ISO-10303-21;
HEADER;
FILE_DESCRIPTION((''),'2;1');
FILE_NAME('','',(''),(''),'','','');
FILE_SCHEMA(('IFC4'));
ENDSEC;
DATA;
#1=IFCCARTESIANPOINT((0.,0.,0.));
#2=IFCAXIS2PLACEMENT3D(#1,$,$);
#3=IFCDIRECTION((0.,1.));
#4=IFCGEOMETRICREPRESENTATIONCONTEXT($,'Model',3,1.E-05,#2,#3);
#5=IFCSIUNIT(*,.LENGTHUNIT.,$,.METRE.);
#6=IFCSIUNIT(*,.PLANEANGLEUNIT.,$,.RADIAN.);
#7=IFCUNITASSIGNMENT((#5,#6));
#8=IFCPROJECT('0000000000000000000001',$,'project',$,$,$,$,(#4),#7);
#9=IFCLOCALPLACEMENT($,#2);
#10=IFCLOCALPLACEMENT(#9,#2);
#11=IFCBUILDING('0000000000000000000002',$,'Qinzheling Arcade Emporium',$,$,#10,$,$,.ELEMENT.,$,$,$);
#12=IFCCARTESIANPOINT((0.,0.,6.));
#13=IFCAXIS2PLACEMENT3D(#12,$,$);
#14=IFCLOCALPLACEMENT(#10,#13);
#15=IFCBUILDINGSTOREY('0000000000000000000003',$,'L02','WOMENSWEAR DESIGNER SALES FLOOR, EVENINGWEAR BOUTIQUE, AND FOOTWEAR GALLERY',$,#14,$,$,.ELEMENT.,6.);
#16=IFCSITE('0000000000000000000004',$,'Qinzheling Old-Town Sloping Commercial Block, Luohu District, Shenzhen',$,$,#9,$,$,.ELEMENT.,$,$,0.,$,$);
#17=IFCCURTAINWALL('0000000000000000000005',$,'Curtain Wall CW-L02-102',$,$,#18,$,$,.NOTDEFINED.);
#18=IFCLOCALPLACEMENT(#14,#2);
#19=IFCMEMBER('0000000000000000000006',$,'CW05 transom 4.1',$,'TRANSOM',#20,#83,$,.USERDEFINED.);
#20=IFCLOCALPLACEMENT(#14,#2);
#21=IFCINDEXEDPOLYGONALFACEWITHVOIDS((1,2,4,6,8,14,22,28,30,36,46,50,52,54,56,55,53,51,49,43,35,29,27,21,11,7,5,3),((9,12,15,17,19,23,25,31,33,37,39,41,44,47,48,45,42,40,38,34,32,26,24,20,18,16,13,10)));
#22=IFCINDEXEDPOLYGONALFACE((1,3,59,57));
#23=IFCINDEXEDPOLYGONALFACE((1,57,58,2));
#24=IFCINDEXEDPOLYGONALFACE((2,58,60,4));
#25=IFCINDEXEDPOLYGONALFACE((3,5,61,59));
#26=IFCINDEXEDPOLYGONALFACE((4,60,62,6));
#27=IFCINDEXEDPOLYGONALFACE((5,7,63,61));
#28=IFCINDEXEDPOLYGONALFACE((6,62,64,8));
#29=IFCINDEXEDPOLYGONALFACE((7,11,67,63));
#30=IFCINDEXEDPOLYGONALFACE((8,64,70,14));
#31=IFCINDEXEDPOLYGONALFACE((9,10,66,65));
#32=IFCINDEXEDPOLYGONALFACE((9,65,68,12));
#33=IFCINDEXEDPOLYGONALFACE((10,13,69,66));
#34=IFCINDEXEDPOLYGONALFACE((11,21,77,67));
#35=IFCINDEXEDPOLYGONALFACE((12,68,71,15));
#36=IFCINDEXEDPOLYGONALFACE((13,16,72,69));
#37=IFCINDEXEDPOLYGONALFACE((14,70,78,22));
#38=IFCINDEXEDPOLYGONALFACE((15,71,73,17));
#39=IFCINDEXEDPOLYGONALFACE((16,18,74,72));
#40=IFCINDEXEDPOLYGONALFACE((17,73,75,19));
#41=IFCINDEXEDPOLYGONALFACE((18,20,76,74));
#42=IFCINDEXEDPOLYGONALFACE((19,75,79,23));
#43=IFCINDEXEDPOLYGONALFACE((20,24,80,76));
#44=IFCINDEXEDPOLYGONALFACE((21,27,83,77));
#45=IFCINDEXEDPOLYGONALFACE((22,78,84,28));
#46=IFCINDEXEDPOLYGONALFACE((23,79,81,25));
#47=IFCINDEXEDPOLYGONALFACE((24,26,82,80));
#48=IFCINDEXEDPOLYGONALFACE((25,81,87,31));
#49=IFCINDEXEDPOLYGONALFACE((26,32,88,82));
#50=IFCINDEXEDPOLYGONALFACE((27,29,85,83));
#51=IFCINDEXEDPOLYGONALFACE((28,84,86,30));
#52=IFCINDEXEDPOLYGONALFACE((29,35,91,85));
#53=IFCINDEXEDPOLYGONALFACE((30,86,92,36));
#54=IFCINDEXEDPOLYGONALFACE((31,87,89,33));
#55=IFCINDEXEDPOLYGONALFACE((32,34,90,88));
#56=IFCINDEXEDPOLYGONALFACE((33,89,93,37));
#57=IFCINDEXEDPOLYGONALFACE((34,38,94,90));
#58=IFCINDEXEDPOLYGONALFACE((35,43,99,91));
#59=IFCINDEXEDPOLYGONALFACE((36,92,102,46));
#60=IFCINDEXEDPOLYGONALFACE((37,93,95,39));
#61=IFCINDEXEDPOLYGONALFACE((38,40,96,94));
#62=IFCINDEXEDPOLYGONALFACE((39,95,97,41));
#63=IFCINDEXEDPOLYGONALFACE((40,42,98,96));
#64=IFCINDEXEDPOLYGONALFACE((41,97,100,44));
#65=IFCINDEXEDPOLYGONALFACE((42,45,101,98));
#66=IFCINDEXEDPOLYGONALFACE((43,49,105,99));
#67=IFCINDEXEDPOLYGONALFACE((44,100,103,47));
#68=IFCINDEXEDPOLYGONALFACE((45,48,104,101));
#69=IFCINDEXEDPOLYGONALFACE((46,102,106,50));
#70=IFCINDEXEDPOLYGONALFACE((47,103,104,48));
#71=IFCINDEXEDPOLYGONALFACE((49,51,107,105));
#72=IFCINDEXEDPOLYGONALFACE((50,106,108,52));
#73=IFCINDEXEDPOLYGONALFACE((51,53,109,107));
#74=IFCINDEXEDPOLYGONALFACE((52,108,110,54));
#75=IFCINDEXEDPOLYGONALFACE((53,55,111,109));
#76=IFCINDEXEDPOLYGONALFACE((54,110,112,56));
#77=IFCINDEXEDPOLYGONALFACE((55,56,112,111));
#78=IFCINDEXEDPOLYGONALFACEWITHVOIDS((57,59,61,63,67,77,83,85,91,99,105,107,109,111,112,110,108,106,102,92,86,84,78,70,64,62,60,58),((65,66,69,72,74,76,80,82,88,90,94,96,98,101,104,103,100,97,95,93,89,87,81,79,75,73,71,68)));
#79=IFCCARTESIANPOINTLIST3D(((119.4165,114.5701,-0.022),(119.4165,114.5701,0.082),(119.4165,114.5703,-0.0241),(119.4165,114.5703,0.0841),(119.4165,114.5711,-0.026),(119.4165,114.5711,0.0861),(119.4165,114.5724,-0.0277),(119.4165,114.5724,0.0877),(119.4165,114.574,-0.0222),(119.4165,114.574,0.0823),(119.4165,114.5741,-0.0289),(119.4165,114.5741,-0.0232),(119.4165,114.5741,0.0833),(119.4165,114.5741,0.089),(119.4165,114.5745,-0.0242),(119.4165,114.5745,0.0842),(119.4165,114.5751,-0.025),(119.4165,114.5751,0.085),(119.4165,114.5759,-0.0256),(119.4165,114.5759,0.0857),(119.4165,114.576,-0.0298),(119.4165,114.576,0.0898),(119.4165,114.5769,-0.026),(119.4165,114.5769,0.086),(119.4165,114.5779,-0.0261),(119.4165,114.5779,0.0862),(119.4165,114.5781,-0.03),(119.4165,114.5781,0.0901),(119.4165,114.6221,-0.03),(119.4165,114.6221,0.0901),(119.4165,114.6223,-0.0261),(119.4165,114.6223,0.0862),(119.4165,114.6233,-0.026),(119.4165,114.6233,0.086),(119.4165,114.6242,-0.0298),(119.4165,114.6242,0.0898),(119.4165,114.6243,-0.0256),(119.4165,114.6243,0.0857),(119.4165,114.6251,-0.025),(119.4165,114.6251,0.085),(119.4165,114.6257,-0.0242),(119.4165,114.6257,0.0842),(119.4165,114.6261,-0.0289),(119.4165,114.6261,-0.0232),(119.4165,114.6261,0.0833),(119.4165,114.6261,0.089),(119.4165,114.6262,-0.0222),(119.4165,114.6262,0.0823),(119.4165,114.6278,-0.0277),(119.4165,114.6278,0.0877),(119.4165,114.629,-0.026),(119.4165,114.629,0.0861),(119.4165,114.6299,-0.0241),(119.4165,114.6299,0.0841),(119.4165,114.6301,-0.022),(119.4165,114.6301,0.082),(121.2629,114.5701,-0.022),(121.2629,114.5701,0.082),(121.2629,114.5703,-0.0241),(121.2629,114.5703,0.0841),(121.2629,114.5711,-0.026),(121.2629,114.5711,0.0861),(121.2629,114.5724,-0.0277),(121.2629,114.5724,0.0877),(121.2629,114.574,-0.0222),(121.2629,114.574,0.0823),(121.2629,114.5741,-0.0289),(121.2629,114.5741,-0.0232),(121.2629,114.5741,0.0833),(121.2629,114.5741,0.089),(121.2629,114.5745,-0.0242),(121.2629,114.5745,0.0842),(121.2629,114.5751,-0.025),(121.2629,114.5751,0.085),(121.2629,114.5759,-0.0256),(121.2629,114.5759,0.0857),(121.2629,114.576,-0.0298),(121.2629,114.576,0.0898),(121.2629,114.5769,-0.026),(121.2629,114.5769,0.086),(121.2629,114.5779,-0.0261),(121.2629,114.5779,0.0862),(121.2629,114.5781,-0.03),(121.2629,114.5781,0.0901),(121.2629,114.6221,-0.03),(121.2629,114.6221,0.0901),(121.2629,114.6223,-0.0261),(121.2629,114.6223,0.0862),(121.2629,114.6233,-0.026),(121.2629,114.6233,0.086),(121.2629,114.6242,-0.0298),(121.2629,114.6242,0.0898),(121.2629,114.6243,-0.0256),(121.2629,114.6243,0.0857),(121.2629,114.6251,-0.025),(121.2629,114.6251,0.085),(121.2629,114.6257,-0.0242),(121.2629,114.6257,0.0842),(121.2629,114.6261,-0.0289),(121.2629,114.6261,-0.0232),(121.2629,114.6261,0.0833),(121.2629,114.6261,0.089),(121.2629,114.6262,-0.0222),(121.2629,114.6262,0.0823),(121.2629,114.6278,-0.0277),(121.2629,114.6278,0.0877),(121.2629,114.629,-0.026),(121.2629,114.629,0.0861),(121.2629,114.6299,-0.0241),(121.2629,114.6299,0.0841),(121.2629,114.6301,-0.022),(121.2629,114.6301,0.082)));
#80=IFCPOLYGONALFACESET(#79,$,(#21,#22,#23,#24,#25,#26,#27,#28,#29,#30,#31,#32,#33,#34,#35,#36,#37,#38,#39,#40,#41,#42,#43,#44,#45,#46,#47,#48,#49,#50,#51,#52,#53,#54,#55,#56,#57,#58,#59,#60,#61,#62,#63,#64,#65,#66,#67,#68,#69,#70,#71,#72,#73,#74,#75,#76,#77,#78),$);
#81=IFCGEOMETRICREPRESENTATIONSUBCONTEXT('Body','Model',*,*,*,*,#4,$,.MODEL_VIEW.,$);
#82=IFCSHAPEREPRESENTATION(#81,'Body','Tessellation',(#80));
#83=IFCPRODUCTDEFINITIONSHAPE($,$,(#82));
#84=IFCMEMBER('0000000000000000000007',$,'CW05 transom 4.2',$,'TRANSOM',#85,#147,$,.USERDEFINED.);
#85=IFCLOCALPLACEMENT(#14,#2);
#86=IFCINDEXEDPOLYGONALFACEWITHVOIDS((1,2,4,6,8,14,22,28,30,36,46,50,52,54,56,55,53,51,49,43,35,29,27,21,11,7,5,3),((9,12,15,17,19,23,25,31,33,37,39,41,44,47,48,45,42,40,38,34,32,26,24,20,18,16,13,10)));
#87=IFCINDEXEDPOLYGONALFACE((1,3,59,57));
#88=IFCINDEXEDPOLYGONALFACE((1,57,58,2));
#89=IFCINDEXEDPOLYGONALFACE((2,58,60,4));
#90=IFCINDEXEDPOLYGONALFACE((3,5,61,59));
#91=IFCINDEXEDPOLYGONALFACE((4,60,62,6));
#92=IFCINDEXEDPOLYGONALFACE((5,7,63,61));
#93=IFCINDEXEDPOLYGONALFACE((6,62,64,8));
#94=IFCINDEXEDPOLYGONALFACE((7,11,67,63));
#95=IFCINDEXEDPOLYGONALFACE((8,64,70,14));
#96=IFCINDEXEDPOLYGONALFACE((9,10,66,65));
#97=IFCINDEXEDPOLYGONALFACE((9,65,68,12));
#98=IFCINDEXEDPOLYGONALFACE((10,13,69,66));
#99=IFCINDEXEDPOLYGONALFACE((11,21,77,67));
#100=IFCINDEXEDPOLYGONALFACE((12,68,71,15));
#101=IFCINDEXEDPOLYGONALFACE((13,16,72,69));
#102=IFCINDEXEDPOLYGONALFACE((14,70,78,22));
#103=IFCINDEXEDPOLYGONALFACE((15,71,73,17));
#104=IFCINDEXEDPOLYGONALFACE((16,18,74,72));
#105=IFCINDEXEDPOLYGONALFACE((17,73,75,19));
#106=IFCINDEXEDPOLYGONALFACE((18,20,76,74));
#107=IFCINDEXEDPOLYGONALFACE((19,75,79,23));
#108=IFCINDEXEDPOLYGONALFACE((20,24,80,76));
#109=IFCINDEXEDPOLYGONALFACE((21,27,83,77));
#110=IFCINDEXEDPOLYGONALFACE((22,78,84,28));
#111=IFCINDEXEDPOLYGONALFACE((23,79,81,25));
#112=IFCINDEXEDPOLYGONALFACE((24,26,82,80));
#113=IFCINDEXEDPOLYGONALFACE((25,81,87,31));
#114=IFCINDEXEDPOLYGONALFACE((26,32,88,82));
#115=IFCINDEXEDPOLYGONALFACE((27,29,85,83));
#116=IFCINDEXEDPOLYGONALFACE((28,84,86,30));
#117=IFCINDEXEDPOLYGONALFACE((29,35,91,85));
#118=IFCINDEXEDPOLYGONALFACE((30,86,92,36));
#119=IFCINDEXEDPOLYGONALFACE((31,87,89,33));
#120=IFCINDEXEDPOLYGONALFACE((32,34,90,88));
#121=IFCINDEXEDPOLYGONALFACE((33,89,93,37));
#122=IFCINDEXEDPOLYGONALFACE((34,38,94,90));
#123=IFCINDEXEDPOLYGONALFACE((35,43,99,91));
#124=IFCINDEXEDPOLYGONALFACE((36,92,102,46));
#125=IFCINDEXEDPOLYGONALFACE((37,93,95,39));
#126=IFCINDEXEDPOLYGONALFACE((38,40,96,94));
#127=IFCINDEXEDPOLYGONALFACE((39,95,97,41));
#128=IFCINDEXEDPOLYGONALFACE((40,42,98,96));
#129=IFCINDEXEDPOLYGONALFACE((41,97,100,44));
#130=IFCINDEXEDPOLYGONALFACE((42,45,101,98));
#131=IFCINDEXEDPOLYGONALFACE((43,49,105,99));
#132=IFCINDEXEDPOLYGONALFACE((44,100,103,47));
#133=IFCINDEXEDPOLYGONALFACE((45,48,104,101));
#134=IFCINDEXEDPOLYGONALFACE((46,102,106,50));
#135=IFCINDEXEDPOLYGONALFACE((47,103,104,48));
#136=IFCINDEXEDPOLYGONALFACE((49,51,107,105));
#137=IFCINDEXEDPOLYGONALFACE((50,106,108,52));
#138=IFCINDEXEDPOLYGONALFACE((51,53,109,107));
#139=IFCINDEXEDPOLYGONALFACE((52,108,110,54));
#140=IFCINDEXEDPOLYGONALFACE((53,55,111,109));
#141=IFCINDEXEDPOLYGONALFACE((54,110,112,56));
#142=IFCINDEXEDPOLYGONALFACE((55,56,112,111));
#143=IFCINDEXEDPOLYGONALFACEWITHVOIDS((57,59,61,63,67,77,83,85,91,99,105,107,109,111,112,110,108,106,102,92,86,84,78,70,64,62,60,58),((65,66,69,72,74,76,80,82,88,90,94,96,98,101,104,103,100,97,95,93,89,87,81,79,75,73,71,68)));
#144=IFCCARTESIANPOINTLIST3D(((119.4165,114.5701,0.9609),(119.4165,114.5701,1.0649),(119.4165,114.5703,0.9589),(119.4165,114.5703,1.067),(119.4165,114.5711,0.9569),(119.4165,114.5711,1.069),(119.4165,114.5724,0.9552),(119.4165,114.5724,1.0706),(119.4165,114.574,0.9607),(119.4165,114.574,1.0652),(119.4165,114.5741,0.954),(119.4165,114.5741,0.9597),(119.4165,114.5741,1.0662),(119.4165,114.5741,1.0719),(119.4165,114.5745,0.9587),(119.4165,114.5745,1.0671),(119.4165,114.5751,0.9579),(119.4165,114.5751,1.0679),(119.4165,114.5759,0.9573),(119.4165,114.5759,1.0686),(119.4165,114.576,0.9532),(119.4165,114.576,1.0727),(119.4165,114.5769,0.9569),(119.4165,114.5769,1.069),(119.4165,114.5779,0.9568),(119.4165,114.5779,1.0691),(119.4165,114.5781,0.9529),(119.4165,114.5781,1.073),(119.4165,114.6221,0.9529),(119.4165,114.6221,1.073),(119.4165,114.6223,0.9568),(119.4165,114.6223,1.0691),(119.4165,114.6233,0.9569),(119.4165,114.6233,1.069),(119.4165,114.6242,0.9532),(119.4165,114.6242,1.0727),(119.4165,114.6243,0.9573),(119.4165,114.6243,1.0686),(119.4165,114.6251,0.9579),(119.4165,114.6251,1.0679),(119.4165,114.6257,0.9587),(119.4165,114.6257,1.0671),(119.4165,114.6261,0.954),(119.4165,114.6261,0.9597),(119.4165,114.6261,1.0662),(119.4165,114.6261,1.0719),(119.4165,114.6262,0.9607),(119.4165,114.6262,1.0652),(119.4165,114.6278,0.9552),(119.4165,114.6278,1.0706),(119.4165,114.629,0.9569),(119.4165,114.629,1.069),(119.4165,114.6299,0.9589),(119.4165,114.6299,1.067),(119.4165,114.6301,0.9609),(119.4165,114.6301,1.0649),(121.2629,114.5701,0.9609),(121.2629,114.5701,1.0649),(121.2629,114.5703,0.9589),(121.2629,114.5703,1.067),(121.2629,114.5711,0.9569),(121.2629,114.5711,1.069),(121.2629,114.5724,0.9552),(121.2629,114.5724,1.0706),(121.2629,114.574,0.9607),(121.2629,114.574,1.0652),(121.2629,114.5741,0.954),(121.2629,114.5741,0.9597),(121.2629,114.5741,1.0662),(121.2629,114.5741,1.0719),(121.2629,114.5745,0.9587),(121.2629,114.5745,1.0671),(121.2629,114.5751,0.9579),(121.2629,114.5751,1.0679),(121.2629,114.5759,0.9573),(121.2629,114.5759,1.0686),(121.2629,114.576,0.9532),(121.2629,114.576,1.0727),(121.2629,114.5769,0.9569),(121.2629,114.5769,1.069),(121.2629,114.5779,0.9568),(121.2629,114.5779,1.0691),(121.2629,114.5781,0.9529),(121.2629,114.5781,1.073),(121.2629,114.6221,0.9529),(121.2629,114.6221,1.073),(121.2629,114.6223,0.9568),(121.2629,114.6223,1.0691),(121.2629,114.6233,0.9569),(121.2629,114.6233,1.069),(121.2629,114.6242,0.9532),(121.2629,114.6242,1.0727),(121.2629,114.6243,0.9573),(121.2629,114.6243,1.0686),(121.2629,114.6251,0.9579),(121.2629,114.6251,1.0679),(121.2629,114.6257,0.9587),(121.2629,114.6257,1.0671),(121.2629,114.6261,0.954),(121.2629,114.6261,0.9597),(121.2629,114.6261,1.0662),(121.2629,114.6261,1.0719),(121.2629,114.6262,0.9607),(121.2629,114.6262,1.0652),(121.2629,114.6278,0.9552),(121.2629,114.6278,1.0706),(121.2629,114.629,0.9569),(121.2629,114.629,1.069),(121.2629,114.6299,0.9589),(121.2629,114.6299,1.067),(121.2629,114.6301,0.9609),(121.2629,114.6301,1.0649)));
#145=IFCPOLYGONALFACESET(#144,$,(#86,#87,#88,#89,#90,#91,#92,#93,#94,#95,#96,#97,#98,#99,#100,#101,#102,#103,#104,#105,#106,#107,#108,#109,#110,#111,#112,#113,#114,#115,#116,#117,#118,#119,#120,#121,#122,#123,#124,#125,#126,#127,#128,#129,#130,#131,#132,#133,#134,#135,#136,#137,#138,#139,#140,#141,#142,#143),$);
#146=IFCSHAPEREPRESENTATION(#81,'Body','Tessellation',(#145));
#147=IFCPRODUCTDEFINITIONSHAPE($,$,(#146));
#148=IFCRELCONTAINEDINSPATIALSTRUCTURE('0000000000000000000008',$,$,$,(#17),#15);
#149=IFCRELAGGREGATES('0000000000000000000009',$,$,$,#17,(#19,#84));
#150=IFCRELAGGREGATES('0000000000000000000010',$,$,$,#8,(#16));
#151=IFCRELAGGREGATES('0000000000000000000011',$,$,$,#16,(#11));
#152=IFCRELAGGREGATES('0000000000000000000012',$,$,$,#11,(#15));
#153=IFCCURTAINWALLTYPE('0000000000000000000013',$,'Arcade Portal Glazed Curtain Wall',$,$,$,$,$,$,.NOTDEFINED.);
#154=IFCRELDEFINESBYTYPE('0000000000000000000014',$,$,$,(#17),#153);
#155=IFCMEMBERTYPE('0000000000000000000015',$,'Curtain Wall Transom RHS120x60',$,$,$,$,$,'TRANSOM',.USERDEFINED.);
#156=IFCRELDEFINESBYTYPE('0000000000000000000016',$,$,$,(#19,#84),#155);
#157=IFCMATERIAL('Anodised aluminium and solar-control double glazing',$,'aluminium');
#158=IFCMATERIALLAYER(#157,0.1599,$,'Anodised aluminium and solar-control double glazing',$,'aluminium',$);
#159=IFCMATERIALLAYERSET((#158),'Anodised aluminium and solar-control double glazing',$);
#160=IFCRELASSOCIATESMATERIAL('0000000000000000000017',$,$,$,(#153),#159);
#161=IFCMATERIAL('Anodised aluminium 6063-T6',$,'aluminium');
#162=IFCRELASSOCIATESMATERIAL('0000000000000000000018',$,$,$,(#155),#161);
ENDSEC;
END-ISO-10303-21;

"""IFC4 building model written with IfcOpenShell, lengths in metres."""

from ifc_helpers import new_model, si_unit, direction, frame, origin, origin_2d, place, context, subcontext, project, spatial, hollow_rectangle, extrude, material, layer, layer_set, material_profile, profile_set, type_object, element, aggregate, save


model = new_model("IFC4")

# Units and contexts
model_context = context("Model", 3, precision=1e-05, world=origin(), true_north=direction((0.0, 1.0)))
body_context = subcontext(model_context, "Body", "Model", "MODEL_VIEW")
ifc_project = project(units=[si_unit("LENGTHUNIT", "METRE"), si_unit("PLANEANGLEUNIT", "RADIAN")], contexts=[model_context])

# Site, building, storey
site_placement = place(None, origin())
site = spatial("IfcSite", under=ifc_project, at=site_placement, Name="Qinzheling Old-Town Sloping Commercial Block, Luohu District, Shenzhen", CompositionType="ELEMENT", RefElevation=0.0)
building_placement = place(site_placement, origin())
building = spatial("IfcBuilding", under=site, at=building_placement, Name="Qinzheling Arcade Emporium", CompositionType="ELEMENT")
storey_placement = place(building_placement, frame((0.0, 0.0, 6.0)))
storey = spatial("IfcBuildingStorey", under=building, at=storey_placement, Name="L02", Description="WOMENSWEAR DESIGNER SALES FLOOR, EVENINGWEAR BOUTIQUE, AND FOOTWEAR GALLERY", CompositionType="ELEMENT", Elevation=6.0)

# Curtain wall
ifc_material_1 = material(Name="Anodised aluminium and solar-control double glazing", Category="aluminium")
ifc_layer_1 = layer(ifc_material_1, 0.1599, Name="Anodised aluminium and solar-control double glazing", Category="aluminium")
ifc_layer_set_1 = layer_set([ifc_layer_1], Name="Anodised aluminium and solar-control double glazing")
curtain_wall_type_1 = type_object("IfcCurtainWallType", Name="Arcade Portal Glazed Curtain Wall", PredefinedType="NOTDEFINED", material=ifc_layer_set_1)
curtain_wall_1_placement = place(storey_placement, origin())
curtain_wall_1 = element("IfcCurtainWall", 1, at=curtain_wall_1_placement, inside=storey, type_object=curtain_wall_type_1, Name="Curtain Wall CW-L02-102", PredefinedType="NOTDEFINED")
ifc_material_2 = material(Name="Anodised aluminium 6063-T6", Category="aluminium")

# Members
ifc_material_profile_1 = material_profile(ifc_material_2, hollow_rectangle(XDim=0.0601, YDim=0.1201, WallThickness=0.0039, InnerFilletRadius=0.0039, OuterFilletRadius=0.0081, at=origin_2d()), Name="RHS 120x60x4", Category="aluminium")
ifc_profile_set_1 = profile_set([ifc_material_profile_1], Name="Anodised aluminium 6063-T6")
member_type_1 = type_object("IfcMemberType", Name="Curtain Wall Transom RHS120x60", ElementType="TRANSOM", PredefinedType="USERDEFINED", material=ifc_profile_set_1)
member_1_placement = place(storey_placement, frame((119.4165, 114.6001, 0.03), z_axis=(1.0, 0.0, 0.0), x_axis=(0.0, 1.0, 0.0)))
member_1 = element("IfcMember", 2, at=member_1_placement, type_object=member_type_1, Name="CW05 transom 4.1", ObjectType="TRANSOM", PredefinedType="USERDEFINED", context=body_context, shape_type="SweptSolid", body=[
    extrude(hollow_rectangle(XDim=0.0601, YDim=0.1201, WallThickness=0.0039, InnerFilletRadius=0.0039, OuterFilletRadius=0.0081, at=origin_2d()), origin(), (0.0, 0.0, 1.0), 1.8464),
])
member_2_placement = place(storey_placement, frame((119.4165, 114.6001, 1.0129), z_axis=(1.0, 0.0, 0.0), x_axis=(0.0, 1.0, 0.0)))
member_2 = element("IfcMember", 3, at=member_2_placement, type_object=member_type_1, Name="CW05 transom 4.2", ObjectType="TRANSOM", PredefinedType="USERDEFINED", context=body_context, shape_type="SweptSolid", body=[
    extrude(hollow_rectangle(XDim=0.0601, YDim=0.1201, WallThickness=0.0039, InnerFilletRadius=0.0039, OuterFilletRadius=0.0081, at=origin_2d()), origin(), (0.0, 0.0, 1.0), 1.8464),
])

aggregate(curtain_wall_1, [member_1, member_2])

save(model, "model.ifc")
